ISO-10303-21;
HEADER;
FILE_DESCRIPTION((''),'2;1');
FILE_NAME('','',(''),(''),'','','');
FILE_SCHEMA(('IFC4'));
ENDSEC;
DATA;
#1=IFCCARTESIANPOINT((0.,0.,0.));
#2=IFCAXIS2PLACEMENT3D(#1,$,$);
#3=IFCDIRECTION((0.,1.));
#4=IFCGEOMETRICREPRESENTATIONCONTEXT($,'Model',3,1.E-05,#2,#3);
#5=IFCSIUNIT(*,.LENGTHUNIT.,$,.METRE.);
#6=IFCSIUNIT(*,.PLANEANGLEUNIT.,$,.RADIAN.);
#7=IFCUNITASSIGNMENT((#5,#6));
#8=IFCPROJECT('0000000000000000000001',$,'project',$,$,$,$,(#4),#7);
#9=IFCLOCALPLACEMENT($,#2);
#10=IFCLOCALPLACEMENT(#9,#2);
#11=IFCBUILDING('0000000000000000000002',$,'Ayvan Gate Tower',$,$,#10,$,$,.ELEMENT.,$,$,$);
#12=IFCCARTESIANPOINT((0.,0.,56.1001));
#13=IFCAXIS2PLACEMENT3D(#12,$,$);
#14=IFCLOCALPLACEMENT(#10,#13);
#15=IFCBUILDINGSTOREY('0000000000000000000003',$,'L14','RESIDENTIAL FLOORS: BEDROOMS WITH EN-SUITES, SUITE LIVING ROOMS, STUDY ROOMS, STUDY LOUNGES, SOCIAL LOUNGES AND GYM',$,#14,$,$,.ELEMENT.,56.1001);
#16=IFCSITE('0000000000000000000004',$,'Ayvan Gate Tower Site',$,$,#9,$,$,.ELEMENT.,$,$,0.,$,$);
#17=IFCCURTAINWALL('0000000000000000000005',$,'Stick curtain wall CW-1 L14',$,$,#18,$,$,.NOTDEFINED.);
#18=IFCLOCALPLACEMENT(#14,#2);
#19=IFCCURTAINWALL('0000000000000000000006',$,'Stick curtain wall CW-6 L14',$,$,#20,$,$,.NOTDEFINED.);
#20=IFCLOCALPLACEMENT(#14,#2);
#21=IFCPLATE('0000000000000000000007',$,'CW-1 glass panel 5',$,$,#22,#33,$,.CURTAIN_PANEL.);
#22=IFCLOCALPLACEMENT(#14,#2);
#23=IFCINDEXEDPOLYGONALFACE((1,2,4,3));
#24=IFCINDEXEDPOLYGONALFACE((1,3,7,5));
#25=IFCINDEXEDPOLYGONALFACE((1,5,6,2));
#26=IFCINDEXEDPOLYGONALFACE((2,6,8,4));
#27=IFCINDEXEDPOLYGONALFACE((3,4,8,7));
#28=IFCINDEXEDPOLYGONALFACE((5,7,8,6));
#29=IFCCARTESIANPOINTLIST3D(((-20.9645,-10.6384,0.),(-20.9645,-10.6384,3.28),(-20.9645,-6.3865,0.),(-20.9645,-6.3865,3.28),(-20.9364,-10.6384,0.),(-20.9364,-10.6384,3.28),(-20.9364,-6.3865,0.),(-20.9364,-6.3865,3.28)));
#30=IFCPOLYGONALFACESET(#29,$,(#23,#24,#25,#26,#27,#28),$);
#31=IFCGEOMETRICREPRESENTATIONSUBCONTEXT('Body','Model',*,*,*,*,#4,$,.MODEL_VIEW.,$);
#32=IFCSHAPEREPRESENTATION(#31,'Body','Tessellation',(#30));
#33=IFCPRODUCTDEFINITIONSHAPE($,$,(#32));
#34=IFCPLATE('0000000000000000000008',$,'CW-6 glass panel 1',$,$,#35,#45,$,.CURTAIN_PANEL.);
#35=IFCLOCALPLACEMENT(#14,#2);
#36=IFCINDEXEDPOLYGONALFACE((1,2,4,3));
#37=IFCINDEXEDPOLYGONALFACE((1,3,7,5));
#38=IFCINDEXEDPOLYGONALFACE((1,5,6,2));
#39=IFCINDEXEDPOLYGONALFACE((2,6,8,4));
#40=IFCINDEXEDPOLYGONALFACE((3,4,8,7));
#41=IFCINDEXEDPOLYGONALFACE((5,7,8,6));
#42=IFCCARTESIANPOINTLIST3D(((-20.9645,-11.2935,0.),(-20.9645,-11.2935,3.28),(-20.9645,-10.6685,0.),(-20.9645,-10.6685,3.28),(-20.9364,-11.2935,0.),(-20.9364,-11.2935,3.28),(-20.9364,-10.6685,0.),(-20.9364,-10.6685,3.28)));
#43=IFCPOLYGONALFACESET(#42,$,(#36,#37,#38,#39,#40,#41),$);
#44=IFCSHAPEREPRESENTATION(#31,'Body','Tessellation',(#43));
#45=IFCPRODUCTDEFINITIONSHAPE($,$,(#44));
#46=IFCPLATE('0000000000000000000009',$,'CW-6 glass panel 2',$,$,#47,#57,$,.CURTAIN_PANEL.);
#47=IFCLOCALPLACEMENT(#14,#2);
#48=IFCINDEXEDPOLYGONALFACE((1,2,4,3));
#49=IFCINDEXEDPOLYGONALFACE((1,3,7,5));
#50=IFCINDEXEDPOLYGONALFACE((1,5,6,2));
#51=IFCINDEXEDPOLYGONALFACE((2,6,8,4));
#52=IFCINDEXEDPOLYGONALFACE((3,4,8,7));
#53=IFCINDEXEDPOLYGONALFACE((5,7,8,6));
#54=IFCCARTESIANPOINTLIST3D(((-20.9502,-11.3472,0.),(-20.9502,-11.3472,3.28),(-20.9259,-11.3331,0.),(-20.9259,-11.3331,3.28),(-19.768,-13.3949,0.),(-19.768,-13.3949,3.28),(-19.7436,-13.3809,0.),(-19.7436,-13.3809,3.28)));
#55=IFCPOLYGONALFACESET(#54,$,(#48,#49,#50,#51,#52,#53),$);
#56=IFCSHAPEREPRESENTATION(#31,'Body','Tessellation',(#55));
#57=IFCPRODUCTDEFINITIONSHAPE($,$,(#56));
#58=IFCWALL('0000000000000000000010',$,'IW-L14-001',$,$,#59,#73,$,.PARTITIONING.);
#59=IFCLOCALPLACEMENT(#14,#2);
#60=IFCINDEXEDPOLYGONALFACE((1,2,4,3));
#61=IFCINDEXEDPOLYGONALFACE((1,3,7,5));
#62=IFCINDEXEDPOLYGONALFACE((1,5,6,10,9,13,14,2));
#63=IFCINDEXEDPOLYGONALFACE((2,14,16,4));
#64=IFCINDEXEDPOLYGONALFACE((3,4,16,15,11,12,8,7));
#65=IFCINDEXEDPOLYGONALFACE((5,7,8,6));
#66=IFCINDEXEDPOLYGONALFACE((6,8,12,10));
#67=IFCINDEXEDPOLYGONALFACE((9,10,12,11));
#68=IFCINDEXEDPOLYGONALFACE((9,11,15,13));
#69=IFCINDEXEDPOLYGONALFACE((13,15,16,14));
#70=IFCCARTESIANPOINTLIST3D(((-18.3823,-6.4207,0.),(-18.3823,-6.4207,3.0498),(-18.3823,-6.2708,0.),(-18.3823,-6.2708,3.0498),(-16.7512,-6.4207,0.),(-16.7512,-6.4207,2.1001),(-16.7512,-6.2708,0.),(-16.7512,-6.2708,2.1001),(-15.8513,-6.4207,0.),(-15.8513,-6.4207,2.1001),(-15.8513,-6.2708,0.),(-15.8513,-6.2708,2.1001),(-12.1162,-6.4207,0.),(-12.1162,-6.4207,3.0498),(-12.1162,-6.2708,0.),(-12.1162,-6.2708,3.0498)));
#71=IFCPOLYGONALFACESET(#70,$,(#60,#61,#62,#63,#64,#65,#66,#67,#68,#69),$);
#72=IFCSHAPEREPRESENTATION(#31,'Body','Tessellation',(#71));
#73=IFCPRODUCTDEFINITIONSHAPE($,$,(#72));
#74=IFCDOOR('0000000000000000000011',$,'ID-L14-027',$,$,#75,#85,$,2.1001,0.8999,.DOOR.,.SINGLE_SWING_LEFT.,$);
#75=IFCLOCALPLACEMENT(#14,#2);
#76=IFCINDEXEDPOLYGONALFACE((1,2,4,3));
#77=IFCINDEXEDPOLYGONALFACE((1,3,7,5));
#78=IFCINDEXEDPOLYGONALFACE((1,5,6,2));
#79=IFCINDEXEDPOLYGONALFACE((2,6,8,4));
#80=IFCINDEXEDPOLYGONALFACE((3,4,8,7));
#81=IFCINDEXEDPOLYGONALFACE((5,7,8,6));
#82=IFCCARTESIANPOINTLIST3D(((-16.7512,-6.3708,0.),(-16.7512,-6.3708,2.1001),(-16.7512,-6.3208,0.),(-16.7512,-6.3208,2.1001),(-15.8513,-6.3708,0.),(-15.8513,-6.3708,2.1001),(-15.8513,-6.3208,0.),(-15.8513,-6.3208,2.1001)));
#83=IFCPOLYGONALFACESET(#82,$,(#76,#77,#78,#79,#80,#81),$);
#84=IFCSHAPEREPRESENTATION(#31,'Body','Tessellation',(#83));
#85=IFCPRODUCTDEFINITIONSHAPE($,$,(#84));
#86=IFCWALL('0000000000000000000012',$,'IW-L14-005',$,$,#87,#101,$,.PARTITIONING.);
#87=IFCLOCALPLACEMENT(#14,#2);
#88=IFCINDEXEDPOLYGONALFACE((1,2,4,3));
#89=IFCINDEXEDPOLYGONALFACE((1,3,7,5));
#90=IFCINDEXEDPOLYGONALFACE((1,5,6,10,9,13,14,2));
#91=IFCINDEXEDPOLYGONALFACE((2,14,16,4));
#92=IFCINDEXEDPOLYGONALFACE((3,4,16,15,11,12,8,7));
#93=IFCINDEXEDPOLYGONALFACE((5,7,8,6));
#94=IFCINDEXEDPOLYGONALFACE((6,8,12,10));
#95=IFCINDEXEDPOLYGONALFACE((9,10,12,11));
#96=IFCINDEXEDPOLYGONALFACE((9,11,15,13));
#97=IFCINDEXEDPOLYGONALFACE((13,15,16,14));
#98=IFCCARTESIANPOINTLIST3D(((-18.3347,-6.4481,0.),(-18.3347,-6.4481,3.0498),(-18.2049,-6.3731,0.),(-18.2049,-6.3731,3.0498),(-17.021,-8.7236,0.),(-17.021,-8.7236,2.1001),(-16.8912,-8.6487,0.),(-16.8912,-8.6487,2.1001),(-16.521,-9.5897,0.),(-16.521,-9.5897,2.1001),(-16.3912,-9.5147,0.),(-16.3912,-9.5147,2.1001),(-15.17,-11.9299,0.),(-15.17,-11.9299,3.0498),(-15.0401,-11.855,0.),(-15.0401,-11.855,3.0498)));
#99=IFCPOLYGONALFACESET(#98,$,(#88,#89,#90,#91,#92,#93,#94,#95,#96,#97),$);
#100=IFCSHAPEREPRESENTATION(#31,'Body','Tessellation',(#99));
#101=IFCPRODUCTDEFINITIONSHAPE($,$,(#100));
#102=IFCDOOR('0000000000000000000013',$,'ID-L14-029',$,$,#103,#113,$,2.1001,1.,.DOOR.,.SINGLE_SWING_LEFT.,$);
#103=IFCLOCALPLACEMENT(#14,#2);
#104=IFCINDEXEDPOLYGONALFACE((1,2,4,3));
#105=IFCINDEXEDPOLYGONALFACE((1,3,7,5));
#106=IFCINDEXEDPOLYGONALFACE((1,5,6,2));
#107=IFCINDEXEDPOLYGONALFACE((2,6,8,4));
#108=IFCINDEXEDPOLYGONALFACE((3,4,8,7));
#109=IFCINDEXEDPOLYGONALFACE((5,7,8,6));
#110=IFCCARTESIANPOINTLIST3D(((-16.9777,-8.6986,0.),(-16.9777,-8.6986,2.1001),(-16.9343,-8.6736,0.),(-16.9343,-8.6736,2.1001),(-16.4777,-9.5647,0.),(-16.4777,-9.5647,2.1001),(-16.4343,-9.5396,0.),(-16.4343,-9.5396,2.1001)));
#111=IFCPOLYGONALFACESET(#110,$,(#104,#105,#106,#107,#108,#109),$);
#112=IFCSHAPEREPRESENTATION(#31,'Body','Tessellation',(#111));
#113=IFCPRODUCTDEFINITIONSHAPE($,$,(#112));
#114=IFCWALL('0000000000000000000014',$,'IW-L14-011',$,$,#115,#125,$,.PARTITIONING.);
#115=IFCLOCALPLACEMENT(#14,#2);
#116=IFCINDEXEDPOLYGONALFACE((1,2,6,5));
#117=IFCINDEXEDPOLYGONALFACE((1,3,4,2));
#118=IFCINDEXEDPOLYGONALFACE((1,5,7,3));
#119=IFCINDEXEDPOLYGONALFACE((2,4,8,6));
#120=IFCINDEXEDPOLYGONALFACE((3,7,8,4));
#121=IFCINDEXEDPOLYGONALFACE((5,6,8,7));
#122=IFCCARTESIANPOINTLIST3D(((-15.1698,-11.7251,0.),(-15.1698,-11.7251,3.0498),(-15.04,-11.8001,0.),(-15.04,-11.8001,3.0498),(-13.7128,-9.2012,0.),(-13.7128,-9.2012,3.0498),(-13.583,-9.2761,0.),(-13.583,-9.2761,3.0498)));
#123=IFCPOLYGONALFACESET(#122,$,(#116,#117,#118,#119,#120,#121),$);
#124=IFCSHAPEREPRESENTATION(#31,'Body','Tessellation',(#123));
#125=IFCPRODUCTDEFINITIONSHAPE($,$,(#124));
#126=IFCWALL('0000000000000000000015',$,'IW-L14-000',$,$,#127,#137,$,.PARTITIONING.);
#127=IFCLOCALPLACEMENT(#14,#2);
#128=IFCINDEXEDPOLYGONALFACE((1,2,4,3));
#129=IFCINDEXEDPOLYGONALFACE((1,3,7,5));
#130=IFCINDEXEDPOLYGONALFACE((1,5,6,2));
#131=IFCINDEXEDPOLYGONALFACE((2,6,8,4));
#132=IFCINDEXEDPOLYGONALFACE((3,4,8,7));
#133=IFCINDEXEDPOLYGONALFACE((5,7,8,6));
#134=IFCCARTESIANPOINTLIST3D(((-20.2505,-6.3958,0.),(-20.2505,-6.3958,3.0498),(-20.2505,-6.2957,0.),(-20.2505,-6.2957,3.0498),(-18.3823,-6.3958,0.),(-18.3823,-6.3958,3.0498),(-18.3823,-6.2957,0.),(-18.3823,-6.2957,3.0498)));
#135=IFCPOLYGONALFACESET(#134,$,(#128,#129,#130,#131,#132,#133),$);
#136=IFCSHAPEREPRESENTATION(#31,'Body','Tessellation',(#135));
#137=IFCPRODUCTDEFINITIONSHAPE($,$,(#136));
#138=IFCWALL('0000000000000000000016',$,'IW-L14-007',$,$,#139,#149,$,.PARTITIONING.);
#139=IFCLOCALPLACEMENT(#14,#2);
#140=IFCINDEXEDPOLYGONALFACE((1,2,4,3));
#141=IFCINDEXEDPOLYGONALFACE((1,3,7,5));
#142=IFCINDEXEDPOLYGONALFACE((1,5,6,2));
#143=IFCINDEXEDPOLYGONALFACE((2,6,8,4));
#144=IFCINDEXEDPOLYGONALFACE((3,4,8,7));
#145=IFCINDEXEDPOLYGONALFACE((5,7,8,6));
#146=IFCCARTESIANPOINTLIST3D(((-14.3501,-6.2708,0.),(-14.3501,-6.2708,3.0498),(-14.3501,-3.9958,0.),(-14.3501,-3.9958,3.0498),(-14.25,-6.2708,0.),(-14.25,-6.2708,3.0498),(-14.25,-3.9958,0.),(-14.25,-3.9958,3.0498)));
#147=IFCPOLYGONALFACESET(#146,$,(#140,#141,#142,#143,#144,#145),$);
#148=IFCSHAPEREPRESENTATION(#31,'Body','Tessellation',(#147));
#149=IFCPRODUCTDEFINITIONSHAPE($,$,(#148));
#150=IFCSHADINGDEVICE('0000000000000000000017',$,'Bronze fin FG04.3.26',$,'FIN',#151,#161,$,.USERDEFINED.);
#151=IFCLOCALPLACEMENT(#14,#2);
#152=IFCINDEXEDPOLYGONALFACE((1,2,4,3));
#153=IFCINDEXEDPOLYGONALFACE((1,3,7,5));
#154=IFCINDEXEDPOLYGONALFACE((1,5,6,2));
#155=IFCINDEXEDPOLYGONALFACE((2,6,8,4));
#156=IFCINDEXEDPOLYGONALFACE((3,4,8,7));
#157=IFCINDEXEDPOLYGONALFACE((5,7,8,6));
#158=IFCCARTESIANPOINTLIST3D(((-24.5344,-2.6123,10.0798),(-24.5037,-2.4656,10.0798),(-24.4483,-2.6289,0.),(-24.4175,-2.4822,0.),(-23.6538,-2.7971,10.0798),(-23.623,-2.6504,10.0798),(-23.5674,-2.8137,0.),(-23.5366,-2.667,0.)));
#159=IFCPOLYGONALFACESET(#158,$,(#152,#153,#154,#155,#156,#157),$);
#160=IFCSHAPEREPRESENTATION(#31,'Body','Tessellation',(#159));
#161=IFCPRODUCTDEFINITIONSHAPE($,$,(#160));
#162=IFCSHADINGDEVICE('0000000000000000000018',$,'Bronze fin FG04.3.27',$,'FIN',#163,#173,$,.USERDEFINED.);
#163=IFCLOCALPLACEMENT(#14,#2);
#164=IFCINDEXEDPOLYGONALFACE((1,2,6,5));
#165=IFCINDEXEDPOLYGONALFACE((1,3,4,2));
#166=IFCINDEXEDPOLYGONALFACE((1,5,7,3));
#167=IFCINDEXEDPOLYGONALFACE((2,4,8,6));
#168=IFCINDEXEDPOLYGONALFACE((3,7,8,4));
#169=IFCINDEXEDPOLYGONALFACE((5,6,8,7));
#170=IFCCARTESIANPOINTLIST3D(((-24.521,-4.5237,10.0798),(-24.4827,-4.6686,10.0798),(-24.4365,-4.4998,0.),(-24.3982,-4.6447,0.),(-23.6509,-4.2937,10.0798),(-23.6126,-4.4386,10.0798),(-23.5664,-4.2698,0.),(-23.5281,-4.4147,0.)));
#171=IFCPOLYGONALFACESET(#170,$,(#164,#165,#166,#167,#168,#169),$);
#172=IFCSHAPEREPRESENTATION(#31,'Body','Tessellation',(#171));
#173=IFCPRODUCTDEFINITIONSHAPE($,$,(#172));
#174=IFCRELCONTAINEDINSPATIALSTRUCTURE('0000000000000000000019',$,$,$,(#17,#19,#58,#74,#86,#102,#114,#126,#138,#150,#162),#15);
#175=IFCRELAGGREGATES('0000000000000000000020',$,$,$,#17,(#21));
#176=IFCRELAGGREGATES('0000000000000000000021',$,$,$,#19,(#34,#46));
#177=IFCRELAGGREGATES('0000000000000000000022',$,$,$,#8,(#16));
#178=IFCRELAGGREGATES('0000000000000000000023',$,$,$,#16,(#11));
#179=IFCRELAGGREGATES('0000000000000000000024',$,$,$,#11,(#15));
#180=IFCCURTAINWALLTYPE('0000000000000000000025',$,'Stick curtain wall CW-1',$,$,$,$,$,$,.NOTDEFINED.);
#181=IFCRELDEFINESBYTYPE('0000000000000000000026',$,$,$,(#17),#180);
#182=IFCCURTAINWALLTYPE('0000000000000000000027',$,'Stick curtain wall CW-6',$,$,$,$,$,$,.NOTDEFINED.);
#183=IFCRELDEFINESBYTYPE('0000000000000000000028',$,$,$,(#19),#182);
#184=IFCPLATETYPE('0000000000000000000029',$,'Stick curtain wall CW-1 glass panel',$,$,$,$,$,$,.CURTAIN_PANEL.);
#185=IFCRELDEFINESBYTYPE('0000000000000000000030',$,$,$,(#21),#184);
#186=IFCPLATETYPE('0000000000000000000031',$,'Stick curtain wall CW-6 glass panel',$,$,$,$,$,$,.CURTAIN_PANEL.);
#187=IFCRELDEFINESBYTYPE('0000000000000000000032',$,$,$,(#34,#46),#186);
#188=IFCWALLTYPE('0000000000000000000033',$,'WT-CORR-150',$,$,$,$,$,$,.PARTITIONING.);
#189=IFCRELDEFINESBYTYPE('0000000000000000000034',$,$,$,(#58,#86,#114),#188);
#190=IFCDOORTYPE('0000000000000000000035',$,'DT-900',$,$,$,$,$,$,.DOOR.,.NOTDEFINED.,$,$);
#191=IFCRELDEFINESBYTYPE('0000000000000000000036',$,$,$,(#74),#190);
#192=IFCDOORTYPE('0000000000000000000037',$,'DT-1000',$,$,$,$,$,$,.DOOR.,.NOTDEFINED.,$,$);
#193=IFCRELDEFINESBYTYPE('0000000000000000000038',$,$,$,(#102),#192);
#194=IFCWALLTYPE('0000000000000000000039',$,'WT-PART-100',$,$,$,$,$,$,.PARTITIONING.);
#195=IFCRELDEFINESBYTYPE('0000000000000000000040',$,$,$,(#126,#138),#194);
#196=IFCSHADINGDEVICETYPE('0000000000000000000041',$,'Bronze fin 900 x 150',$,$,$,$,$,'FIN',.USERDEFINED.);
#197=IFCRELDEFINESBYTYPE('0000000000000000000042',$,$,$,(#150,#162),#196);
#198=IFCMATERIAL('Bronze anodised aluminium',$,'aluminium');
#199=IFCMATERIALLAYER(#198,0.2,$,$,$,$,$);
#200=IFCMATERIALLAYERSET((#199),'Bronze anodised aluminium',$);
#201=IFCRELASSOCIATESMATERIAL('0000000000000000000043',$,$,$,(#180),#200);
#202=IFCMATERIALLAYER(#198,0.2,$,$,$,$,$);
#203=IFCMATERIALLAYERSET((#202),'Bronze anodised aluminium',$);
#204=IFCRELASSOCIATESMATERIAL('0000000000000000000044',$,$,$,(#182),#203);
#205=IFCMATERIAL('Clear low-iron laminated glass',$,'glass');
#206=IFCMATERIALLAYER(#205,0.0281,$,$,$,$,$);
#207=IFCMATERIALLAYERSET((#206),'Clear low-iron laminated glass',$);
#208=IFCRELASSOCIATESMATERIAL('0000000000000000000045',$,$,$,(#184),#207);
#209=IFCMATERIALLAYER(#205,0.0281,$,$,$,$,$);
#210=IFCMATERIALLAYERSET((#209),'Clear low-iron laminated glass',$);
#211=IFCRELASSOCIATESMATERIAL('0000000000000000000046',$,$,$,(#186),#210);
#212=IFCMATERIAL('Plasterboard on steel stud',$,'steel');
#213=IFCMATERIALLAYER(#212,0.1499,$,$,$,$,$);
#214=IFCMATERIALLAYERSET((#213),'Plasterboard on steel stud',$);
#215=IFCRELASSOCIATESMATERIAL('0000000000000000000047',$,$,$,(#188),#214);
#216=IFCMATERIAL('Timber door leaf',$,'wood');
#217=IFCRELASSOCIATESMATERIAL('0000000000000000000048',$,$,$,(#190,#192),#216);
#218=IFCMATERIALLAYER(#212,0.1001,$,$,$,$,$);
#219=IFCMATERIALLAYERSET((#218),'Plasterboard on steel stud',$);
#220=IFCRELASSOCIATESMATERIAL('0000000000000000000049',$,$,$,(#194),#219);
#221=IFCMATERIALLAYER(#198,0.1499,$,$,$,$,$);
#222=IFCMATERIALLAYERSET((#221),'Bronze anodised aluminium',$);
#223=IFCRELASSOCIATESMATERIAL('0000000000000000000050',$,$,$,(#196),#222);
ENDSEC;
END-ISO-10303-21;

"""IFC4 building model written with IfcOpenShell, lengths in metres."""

from ifc_helpers import new_model, si_unit, direction, frame, frame_2d, origin, origin_2d, place, context, subcontext, project, spatial, polyline, rectangle, outline, extrude, material, layer, layer_set, type_object, element, fill, aggregate, save


model = new_model("IFC4")

# Units and contexts
model_context = context("Model", 3, precision=1e-05, world=origin(), true_north=direction((0.0, 1.0)))
body_context = subcontext(model_context, "Body", "Model", "MODEL_VIEW")
ifc_project = project(units=[si_unit("LENGTHUNIT", "METRE"), si_unit("PLANEANGLEUNIT", "RADIAN")], contexts=[model_context])

# Site, building, storey
site_placement = place(None, origin())
site = spatial("IfcSite", under=ifc_project, at=site_placement, Name="Ayvan Gate Tower Site", CompositionType="ELEMENT", RefElevation=0.0)
building_placement = place(site_placement, origin())
building = spatial("IfcBuilding", under=site, at=building_placement, Name="Ayvan Gate Tower", CompositionType="ELEMENT")
storey_placement = place(building_placement, frame((0.0, 0.0, 56.1001)))
storey = spatial("IfcBuildingStorey", under=building, at=storey_placement, Name="L14", Description="RESIDENTIAL FLOORS: BEDROOMS WITH EN-SUITES, SUITE LIVING ROOMS, STUDY ROOMS, STUDY LOUNGES, SOCIAL LOUNGES AND GYM", CompositionType="ELEMENT", Elevation=56.1001)

# Curtain walls
ifc_material_1 = material(Name="Bronze anodised aluminium", Category="aluminium")
ifc_layer_1 = layer(ifc_material_1, 0.2)
ifc_layer_set_1 = layer_set([ifc_layer_1], Name="Bronze anodised aluminium")
curtain_wall_type_1 = type_object("IfcCurtainWallType", Name="Stick curtain wall CW-1", PredefinedType="NOTDEFINED", material=ifc_layer_set_1)
curtain_wall_1_placement = place(storey_placement, origin())
curtain_wall_1 = element("IfcCurtainWall", 1, at=curtain_wall_1_placement, inside=storey, type_object=curtain_wall_type_1, Name="Stick curtain wall CW-1 L14", PredefinedType="NOTDEFINED")
ifc_layer_2 = layer(ifc_material_1, 0.2)
ifc_layer_set_2 = layer_set([ifc_layer_2], Name="Bronze anodised aluminium")
curtain_wall_type_2 = type_object("IfcCurtainWallType", Name="Stick curtain wall CW-6", PredefinedType="NOTDEFINED", material=ifc_layer_set_2)
curtain_wall_2_placement = place(storey_placement, origin())
curtain_wall_2 = element("IfcCurtainWall", 2, at=curtain_wall_2_placement, inside=storey, type_object=curtain_wall_type_2, Name="Stick curtain wall CW-6 L14", PredefinedType="NOTDEFINED")

# Plates
ifc_material_2 = material(Name="Clear low-iron laminated glass", Category="glass")
ifc_layer_3 = layer(ifc_material_2, 0.0281)
ifc_layer_set_3 = layer_set([ifc_layer_3], Name="Clear low-iron laminated glass")
plate_type_1 = type_object("IfcPlateType", Name="Stick curtain wall CW-1 glass panel", PredefinedType="CURTAIN_PANEL", material=ifc_layer_set_3)
plate_1_placement = place(storey_placement, frame((-20.9504, -8.5125, 0.0), z_axis=(0.0, 0.0, 1.0), x_axis=(0.0, -1.0, 0.0)))
plate_1 = element("IfcPlate", 3, at=plate_1_placement, type_object=plate_type_1, Name="CW-1 glass panel 5", PredefinedType="CURTAIN_PANEL", context=body_context, shape_type="SweptSolid", body=[
    extrude(rectangle(XDim=4.252, YDim=0.0281, at=origin_2d()), origin(), (0.0, 0.0, 1.0), 3.28),
])
aggregate(curtain_wall_1, [plate_1])
ifc_layer_4 = layer(ifc_material_2, 0.0281)
ifc_layer_set_4 = layer_set([ifc_layer_4], Name="Clear low-iron laminated glass")
plate_type_2 = type_object("IfcPlateType", Name="Stick curtain wall CW-6 glass panel", PredefinedType="CURTAIN_PANEL", material=ifc_layer_set_4)
plate_2_placement = place(storey_placement, frame((-20.9504, -10.981, 0.0), z_axis=(0.0, 0.0, 1.0), x_axis=(0.0, -1.0, 0.0)))
plate_2 = element("IfcPlate", 4, at=plate_2_placement, type_object=plate_type_2, Name="CW-6 glass panel 1", PredefinedType="CURTAIN_PANEL", context=body_context, shape_type="SweptSolid", body=[
    extrude(rectangle(XDim=0.625, YDim=0.0281, at=origin_2d()), origin(), (0.0, 0.0, 1.0), 3.28),
])
plate_3_placement = place(storey_placement, frame((-20.3469, -12.364, 0.0), z_axis=(0.0, 0.0, 1.0), x_axis=(0.5, -0.866025, 0.0)))
plate_3 = element("IfcPlate", 5, at=plate_3_placement, type_object=plate_type_2, Name="CW-6 glass panel 2", PredefinedType="CURTAIN_PANEL", context=body_context, shape_type="SweptSolid", body=[
    extrude(rectangle(XDim=2.3645, YDim=0.0281, at=origin_2d()), origin(), (0.0, 0.0, 1.0), 3.28),
])
aggregate(curtain_wall_2, [plate_2, plate_3])

# Walls, openings, doors
ifc_material_3 = material(Name="Plasterboard on steel stud", Category="steel")
ifc_layer_5 = layer(ifc_material_3, 0.1499)
ifc_layer_set_5 = layer_set([ifc_layer_5], Name="Plasterboard on steel stud")
wall_type_1 = type_object("IfcWallType", Name="WT-CORR-150", PredefinedType="PARTITIONING", material=ifc_layer_set_5)
wall_1_placement = place(storey_placement, frame((-18.3823, -6.3457, 0.0), z_axis=(0.0, 0.0, 1.0), x_axis=(1.0, 0.0, 0.0)))
wall_1 = element("IfcWall", 6, at=wall_1_placement, inside=storey, type_object=wall_type_1, Name="IW-L14-001", PredefinedType="PARTITIONING", context=body_context, shape_type="SweptSolid", body=[
    extrude(rectangle(XDim=6.2661, YDim=0.1499, at=frame_2d((3.1331, 0.0))), origin(), (0.0, 0.0, 1.0), 3.0498),
])
opening_1_placement = place(wall_1_placement, frame((1.6311, 0.0, 0.0)))
opening_1 = element("IfcOpeningElement", 7, at=opening_1_placement, cuts=wall_1, PredefinedType="OPENING", context=body_context, shape_type="SweptSolid", body=[
    extrude(rectangle(XDim=0.8999, YDim=2.1001, at=frame_2d((0.45, 1.05))), frame((0.0, 0.085, 0.0), z_axis=(0.0, -1.0, 0.0), x_axis=(1.0, 0.0, 0.0)), (0.0, 0.0, 1.0), 0.1699),
])
ifc_material_4 = material(Name="Timber door leaf", Category="wood")
door_type_1 = type_object("IfcDoorType", Name="DT-900", OperationType="NOTDEFINED", PredefinedType="DOOR", material=ifc_material_4)
door_1_placement = place(opening_1_placement, origin())
door_1 = element("IfcDoor", 8, at=door_1_placement, inside=storey, type_object=door_type_1, Name="ID-L14-027", OperationType="SINGLE_SWING_LEFT", OverallHeight=2.1001, OverallWidth=0.8999, PredefinedType="DOOR", context=body_context, shape_type="SweptSolid", body=[
    extrude(rectangle(XDim=0.8999, YDim=2.1001, at=frame_2d((0.45, 1.05))), frame((0.0, 0.0249, 0.0), z_axis=(0.0, -1.0, 0.0), x_axis=(1.0, 0.0, 0.0)), (0.0, 0.0, 1.0), 0.05),
])
fill(opening_1, door_1)
wall_2_placement = place(storey_placement, frame((-15.105, -11.8926, 0.0), z_axis=(0.0, 0.0, 1.0), x_axis=(-0.499976, 0.866039, 0.0)))
wall_2 = element("IfcWall", 9, at=wall_2_placement, inside=storey, type_object=wall_type_1, Name="IW-L14-005", PredefinedType="PARTITIONING", context=body_context, shape_type="SweptSolid", body=[
    extrude(rectangle(XDim=6.3298, YDim=0.1499, at=frame_2d((3.165, 0.0))), origin(), (0.0, 0.0, 1.0), 3.0498),
])
opening_2_placement = place(wall_2_placement, frame((2.7024, 0.0, 0.0)))
opening_2 = element("IfcOpeningElement", 10, at=opening_2_placement, cuts=wall_2, PredefinedType="OPENING", context=body_context, shape_type="SweptSolid", body=[
    extrude(rectangle(XDim=1.0, YDim=2.1001, at=frame_2d((0.5, 1.05))), frame((0.0, 0.085, 0.0), z_axis=(0.0, -1.0, 0.0), x_axis=(1.0, 0.0, 0.0)), (0.0, 0.0, 1.0), 0.1699),
])
door_type_2 = type_object("IfcDoorType", Name="DT-1000", OperationType="NOTDEFINED", PredefinedType="DOOR", material=ifc_material_4)
door_2_placement = place(opening_2_placement, origin())
door_2 = element("IfcDoor", 11, at=door_2_placement, inside=storey, type_object=door_type_2, Name="ID-L14-029", OperationType="SINGLE_SWING_LEFT", OverallHeight=2.1001, OverallWidth=1.0, PredefinedType="DOOR", context=body_context, shape_type="SweptSolid", body=[
    extrude(rectangle(XDim=1.0, YDim=2.1001, at=frame_2d((0.5, 1.05))), frame((0.0, 0.0249, 0.0), z_axis=(0.0, -1.0, 0.0), x_axis=(1.0, 0.0, 0.0)), (0.0, 0.0, 1.0), 0.05),
])
fill(opening_2, door_2)

# Walls
wall_3_placement = place(storey_placement, frame((-13.6479, -9.2388, 0.0), z_axis=(0.0, 0.0, 1.0), x_axis=(-0.499959, -0.866049, 0.0)))
element("IfcWall", 12, at=wall_3_placement, inside=storey, type_object=wall_type_1, Name="IW-L14-011", PredefinedType="PARTITIONING", context=body_context, shape_type="SweptSolid", body=[
    extrude(rectangle(XDim=2.9143, YDim=0.1499, at=frame_2d((1.457, 0.0))), origin(), (0.0, 0.0, 1.0), 3.0498),
])
ifc_layer_6 = layer(ifc_material_3, 0.1001)
ifc_layer_set_6 = layer_set([ifc_layer_6], Name="Plasterboard on steel stud")
wall_type_2 = type_object("IfcWallType", Name="WT-PART-100", PredefinedType="PARTITIONING", material=ifc_layer_set_6)
wall_4_placement = place(storey_placement, frame((-18.3823, -6.3457, 0.0), z_axis=(0.0, 0.0, 1.0), x_axis=(-1.0, 0.0, 0.0)))
element("IfcWall", 13, at=wall_4_placement, inside=storey, type_object=wall_type_2, Name="IW-L14-000", PredefinedType="PARTITIONING", context=body_context, shape_type="SweptSolid", body=[
    extrude(rectangle(XDim=1.8682, YDim=0.1001, at=frame_2d((0.9341, 0.0))), origin(), (0.0, 0.0, 1.0), 3.0498),
])
wall_5_placement = place(storey_placement, frame((-14.3, -3.9958, 0.0), z_axis=(0.0, 0.0, 1.0), x_axis=(0.0, -1.0, 0.0)))
element("IfcWall", 14, at=wall_5_placement, inside=storey, type_object=wall_type_2, Name="IW-L14-007", PredefinedType="PARTITIONING", context=body_context, shape_type="SweptSolid", body=[
    extrude(rectangle(XDim=2.2749, YDim=0.1001, at=frame_2d((1.1375, 0.0))), origin(), (0.0, 0.0, 1.0), 3.0498),
])

# Shading devices
ifc_layer_7 = layer(ifc_material_1, 0.1499)
ifc_layer_set_7 = layer_set([ifc_layer_7], Name="Bronze anodised aluminium")
shading_device_type = type_object("IfcShadingDeviceType", Name="Bronze fin 900 x 150", ElementType="FIN", PredefinedType="USERDEFINED", material=ifc_layer_set_7)
shading_device_1_placement = place(storey_placement, frame((-23.5366, -2.667, 0.0), z_axis=(0.205368, 0.978685, 0.000146), x_axis=(-0.978685, 0.205368, 0.0)))
element("IfcShadingDevice", 15, at=shading_device_1_placement, inside=storey, type_object=shading_device_type, Name="Bronze fin FG04.3.26", ObjectType="FIN", PredefinedType="USERDEFINED", context=body_context, shape_type="SweptSolid", body=[
    extrude(outline(polyline([(0.0, 0.0), (0.9, 0.0), (0.9878, 10.0798), (0.088, 10.0798), (0.0, 0.0)])), origin(), (0.0, 0.0, -1.0), 0.1499),
])
shading_device_2_placement = place(storey_placement, frame((-23.5664, -4.2698, 0.0), z_axis=(-0.255535, 0.9668, 0.000153), x_axis=(-0.9668, -0.255535, 0.0)))
element("IfcShadingDevice", 16, at=shading_device_2_placement, inside=storey, type_object=shading_device_type, Name="Bronze fin FG04.3.27", ObjectType="FIN", PredefinedType="USERDEFINED", context=body_context, shape_type="SweptSolid", body=[
    extrude(outline(polyline([(0.0, 0.0), (0.9, 0.0), (0.9878, 10.0798), (0.0878, 10.0798), (0.0, 0.0)])), origin(), (0.0, 0.0, -1.0), 0.1499),
])

save(model, "model.ifc")
